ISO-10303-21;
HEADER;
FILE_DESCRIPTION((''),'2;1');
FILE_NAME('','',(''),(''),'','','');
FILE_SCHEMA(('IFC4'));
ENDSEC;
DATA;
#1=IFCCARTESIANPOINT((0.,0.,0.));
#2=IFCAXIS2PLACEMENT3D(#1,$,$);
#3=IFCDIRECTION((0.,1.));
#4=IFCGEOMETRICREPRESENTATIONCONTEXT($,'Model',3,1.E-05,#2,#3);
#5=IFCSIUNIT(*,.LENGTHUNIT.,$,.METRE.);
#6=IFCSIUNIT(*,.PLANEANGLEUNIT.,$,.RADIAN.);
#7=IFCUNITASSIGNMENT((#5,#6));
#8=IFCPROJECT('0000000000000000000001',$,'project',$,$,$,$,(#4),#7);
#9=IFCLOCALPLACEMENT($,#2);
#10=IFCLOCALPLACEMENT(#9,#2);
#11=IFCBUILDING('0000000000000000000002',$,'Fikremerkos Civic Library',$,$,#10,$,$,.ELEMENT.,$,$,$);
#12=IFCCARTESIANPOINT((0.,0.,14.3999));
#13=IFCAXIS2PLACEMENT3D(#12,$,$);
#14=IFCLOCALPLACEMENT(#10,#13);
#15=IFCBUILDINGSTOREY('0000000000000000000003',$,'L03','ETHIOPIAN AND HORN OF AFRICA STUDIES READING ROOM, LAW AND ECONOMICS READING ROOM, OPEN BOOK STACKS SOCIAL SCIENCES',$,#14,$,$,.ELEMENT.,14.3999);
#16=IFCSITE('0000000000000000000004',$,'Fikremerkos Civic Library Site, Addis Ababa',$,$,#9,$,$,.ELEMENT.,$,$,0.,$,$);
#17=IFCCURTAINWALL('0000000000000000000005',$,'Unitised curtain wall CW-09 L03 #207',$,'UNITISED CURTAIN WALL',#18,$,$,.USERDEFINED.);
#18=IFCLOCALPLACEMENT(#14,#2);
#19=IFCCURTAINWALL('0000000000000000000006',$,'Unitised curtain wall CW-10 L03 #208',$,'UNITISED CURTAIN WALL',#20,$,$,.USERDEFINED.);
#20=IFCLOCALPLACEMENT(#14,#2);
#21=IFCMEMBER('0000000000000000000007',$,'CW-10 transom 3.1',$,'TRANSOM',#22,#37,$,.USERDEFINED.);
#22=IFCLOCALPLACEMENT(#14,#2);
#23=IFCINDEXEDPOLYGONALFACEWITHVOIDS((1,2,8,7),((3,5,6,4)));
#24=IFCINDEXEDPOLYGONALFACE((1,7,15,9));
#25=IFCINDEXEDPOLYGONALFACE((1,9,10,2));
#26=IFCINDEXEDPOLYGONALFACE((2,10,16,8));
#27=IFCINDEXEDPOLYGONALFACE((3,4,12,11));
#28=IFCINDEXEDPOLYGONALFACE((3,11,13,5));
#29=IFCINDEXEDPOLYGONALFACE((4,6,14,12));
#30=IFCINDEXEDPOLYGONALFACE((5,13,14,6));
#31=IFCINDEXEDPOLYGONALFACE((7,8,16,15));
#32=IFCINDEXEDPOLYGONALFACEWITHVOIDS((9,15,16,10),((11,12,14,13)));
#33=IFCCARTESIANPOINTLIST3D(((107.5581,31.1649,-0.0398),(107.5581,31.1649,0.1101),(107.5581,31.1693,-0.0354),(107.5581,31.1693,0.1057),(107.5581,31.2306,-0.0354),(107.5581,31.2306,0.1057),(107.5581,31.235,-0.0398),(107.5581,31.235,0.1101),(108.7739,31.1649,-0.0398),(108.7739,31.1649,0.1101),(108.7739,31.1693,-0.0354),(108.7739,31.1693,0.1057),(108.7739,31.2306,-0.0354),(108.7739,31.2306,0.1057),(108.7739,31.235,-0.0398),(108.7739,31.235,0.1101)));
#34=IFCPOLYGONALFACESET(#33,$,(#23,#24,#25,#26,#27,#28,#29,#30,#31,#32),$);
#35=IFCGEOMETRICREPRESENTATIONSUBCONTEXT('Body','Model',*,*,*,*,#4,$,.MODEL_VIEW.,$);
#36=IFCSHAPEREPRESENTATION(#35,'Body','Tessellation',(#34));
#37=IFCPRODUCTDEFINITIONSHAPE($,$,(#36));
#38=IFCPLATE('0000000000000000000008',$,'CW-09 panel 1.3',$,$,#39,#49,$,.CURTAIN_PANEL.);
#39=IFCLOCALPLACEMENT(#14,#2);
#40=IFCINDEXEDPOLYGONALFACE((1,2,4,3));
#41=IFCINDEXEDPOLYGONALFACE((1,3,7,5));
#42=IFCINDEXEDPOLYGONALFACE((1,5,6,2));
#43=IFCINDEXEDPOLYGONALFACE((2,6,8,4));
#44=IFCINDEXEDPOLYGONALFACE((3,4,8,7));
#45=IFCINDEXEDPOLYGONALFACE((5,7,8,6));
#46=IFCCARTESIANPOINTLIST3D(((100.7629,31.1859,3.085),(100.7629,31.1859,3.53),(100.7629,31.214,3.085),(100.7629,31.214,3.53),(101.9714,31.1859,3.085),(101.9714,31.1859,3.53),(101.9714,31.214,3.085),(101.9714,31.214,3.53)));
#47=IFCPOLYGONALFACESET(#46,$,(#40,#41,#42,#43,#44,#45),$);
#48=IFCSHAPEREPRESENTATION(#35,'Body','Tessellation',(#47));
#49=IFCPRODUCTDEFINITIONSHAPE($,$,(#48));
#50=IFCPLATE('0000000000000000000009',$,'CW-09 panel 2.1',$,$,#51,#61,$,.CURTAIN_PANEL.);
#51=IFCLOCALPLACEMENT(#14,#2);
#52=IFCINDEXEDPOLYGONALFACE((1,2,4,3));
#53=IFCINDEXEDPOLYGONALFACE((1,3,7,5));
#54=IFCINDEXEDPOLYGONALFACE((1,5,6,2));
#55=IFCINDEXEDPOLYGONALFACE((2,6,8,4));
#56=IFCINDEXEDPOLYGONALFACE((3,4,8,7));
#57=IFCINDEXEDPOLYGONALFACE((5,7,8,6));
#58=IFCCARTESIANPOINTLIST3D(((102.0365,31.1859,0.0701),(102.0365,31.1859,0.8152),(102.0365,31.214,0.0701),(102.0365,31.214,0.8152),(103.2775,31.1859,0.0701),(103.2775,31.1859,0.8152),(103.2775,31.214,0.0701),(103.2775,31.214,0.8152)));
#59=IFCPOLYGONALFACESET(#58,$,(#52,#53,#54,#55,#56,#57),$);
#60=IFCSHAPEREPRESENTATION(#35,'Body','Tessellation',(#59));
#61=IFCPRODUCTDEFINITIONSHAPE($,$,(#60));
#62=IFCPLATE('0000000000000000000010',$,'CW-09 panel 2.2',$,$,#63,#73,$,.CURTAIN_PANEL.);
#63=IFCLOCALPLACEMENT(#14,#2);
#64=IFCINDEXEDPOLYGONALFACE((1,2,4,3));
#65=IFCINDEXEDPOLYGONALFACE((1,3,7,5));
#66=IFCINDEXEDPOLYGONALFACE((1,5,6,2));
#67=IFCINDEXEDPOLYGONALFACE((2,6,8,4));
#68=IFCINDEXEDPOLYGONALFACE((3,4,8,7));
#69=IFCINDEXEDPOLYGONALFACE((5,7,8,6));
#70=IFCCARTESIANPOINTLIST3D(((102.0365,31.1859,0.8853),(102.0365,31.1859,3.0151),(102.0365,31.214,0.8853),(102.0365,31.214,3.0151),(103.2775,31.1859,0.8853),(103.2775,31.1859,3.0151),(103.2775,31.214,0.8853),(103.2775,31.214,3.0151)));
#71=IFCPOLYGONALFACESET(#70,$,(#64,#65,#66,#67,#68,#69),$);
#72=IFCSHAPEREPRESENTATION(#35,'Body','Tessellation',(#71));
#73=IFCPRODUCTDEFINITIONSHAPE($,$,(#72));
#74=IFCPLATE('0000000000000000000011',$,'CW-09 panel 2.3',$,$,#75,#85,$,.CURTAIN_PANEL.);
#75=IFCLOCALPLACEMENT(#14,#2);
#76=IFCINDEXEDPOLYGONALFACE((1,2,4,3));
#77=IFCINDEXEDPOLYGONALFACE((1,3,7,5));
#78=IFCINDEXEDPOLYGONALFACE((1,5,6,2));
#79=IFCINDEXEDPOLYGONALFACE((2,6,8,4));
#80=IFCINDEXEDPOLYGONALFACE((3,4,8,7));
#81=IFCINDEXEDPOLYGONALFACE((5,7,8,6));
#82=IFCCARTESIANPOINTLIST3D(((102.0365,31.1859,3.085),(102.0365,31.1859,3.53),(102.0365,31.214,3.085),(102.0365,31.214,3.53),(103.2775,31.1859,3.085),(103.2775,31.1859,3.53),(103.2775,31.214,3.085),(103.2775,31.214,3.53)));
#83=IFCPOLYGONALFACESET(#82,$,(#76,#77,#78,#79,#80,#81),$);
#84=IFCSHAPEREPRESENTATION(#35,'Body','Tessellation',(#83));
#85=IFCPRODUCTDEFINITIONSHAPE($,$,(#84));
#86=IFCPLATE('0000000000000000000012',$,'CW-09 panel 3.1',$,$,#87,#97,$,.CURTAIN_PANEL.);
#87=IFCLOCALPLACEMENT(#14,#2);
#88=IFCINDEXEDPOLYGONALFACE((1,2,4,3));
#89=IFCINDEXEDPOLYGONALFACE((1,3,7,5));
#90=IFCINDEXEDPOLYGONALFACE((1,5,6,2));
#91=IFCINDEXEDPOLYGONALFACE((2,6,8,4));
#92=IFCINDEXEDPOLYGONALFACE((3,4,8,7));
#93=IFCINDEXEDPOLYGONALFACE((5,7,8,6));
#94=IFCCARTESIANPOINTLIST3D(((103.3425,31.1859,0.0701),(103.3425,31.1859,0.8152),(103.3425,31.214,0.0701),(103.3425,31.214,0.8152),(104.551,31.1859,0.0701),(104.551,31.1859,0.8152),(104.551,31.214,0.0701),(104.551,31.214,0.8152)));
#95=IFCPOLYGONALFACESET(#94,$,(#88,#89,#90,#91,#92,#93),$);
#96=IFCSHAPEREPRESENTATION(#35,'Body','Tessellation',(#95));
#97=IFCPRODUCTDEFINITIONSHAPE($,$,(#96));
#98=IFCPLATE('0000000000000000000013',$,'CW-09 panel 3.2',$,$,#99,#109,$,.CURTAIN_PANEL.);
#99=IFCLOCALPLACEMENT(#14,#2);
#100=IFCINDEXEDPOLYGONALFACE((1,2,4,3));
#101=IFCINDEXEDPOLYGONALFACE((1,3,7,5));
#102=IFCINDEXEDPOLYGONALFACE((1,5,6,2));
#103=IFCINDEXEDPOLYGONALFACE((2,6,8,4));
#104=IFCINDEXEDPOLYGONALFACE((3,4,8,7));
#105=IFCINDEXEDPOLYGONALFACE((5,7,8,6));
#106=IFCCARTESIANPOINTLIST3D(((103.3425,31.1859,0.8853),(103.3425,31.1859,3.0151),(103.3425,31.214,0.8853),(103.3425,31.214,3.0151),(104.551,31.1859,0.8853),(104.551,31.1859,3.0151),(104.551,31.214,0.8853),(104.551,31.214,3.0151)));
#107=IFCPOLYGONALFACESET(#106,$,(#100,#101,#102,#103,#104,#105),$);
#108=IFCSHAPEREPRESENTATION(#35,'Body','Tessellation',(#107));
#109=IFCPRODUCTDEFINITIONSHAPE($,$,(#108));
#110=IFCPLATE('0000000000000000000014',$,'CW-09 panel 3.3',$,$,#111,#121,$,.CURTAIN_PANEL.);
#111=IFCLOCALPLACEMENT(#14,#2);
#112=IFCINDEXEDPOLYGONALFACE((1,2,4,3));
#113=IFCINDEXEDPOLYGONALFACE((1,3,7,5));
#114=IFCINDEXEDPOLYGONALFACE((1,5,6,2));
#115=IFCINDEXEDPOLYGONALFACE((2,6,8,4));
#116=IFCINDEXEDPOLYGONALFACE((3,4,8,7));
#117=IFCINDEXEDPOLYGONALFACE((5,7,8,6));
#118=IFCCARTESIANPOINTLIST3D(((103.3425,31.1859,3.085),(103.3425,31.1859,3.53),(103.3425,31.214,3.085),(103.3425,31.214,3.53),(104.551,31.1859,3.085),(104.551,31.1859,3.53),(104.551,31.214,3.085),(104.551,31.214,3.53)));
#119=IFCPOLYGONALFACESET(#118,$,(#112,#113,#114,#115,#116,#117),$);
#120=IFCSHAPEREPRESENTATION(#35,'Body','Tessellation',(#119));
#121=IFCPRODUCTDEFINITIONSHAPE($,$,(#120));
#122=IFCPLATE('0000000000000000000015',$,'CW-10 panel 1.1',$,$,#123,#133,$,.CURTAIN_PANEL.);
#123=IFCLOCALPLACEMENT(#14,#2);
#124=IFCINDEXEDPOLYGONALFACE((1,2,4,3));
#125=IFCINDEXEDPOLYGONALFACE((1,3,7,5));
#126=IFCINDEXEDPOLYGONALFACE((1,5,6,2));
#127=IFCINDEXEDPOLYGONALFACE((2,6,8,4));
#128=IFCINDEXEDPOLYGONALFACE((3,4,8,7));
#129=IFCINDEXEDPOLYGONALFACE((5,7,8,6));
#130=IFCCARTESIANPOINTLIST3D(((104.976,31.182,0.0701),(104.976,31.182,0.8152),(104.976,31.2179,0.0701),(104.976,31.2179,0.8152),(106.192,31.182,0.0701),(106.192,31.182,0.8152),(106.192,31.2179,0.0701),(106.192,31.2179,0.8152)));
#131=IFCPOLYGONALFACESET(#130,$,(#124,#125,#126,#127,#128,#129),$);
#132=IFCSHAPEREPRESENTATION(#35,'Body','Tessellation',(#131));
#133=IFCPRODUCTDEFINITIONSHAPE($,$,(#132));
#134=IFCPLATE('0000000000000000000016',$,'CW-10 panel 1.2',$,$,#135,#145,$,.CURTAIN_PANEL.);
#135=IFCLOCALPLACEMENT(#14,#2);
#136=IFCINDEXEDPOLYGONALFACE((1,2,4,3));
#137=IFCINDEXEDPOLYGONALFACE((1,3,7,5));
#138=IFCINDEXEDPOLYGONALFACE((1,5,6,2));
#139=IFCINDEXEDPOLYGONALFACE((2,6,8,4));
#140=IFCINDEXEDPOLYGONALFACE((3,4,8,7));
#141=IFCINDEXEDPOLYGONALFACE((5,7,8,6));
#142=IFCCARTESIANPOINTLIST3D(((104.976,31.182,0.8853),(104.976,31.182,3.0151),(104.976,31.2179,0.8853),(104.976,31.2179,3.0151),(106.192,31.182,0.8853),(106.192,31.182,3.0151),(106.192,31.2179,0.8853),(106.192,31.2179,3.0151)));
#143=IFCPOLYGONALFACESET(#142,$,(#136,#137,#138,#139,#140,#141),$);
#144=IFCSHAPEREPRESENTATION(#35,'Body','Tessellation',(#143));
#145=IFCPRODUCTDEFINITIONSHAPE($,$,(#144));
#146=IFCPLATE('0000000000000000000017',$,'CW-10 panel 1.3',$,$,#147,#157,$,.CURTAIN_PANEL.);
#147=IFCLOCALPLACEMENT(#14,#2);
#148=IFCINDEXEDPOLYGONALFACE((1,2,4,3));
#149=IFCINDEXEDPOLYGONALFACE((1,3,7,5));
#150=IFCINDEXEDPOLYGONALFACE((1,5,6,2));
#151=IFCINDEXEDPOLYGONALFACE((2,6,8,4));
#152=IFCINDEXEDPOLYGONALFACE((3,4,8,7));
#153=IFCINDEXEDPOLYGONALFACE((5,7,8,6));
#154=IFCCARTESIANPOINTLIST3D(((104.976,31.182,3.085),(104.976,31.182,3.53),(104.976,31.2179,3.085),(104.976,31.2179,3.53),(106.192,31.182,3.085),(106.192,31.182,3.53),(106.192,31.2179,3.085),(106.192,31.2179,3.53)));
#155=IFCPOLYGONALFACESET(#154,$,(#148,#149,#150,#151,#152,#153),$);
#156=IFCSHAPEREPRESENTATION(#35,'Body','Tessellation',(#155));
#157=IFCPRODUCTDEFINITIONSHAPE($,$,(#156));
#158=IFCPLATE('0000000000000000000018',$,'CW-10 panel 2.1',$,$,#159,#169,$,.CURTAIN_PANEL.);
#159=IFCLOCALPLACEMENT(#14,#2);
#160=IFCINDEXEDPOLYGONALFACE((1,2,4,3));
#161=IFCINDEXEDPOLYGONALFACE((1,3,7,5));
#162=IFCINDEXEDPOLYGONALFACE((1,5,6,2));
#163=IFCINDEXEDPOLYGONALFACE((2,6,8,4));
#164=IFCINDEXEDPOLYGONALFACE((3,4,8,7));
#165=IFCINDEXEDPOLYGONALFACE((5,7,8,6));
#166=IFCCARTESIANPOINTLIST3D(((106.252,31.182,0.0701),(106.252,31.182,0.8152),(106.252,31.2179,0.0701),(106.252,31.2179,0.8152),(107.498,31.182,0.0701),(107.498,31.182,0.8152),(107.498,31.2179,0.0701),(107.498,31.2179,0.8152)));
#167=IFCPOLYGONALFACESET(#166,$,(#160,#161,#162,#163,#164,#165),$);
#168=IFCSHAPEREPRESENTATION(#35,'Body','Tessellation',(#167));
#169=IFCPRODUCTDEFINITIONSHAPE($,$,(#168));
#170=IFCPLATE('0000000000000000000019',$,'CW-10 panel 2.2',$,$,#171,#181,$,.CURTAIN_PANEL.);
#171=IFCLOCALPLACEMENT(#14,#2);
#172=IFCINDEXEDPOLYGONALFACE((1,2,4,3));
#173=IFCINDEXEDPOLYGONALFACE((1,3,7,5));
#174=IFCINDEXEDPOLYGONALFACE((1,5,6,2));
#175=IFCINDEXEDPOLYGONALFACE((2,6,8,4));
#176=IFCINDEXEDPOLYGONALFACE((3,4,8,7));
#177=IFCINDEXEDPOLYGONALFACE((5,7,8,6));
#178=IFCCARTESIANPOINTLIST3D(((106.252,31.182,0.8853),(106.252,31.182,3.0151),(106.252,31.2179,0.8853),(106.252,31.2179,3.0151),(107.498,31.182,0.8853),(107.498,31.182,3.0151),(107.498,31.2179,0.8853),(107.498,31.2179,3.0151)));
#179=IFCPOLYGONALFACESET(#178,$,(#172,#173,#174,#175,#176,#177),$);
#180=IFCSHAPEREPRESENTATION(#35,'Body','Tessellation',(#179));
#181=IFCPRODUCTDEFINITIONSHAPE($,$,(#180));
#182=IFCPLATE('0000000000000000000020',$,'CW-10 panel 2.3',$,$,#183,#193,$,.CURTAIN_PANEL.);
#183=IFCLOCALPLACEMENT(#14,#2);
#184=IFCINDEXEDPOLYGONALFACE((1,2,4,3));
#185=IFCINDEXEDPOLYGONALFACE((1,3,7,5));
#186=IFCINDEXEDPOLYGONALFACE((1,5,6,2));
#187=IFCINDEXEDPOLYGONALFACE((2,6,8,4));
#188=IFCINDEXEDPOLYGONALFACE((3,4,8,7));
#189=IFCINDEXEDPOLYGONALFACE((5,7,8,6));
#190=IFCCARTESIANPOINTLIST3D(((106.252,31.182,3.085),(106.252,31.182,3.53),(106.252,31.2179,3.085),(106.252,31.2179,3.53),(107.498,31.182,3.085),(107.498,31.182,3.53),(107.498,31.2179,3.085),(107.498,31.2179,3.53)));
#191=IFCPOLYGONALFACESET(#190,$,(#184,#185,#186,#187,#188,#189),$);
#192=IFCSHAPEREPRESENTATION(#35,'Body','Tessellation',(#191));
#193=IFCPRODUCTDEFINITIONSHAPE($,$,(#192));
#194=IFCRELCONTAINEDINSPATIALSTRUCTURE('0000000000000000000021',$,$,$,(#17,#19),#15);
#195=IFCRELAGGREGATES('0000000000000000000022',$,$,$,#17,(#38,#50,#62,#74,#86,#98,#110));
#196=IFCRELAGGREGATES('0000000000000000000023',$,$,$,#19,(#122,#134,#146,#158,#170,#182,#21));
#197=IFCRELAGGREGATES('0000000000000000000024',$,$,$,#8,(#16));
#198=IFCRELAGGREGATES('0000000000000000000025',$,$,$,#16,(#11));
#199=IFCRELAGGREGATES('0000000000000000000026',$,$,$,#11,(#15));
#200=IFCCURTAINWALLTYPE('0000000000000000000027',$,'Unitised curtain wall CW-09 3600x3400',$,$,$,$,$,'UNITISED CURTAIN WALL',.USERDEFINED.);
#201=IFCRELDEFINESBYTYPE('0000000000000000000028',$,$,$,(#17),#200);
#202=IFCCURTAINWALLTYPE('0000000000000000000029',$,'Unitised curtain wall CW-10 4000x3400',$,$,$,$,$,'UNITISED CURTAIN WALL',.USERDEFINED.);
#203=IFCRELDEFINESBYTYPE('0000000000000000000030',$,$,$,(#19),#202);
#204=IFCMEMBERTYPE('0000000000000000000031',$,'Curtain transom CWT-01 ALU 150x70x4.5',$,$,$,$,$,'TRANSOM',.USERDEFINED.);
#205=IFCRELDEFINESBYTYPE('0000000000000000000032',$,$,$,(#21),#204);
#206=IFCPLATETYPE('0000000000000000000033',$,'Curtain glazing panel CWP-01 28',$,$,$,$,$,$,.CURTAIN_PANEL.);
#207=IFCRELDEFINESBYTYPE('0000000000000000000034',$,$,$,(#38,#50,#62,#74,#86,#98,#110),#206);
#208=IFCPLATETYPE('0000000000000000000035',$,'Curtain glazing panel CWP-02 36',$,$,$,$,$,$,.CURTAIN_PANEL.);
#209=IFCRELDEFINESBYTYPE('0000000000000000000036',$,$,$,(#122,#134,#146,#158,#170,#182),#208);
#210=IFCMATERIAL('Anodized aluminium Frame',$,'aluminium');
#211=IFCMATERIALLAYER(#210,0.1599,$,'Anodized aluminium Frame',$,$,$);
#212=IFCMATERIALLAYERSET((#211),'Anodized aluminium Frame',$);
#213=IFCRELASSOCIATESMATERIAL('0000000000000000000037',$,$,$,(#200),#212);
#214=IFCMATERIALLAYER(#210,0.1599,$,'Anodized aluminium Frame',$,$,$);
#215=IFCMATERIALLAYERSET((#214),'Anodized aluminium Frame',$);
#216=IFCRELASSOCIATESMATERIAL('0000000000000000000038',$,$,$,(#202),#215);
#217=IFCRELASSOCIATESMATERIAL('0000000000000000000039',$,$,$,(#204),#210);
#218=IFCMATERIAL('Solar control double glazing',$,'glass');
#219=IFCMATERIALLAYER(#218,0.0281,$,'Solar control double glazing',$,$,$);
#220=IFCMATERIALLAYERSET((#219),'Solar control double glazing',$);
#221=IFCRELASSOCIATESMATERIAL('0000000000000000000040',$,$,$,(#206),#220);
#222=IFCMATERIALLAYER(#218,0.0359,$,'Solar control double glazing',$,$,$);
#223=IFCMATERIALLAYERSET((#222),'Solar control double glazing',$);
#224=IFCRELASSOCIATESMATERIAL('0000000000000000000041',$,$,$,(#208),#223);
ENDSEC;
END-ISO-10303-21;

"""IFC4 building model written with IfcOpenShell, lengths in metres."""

from ifc_helpers import new_model, si_unit, direction, frame, origin, origin_2d, place, context, subcontext, project, spatial, rectangle, hollow_rectangle, extrude, material, layer, layer_set, material_profile, profile_set, type_object, element, aggregate, save


model = new_model("IFC4")

# Units and contexts
model_context = context("Model", 3, precision=1e-05, world=origin(), true_north=direction((0.0, 1.0)))
body_context = subcontext(model_context, "Body", "Model", "MODEL_VIEW")
ifc_project = project(units=[si_unit("LENGTHUNIT", "METRE"), si_unit("PLANEANGLEUNIT", "RADIAN")], contexts=[model_context])

# Site, building, storey
site_placement = place(None, origin())
site = spatial("IfcSite", under=ifc_project, at=site_placement, Name="Fikremerkos Civic Library Site, Addis Ababa", CompositionType="ELEMENT", RefElevation=0.0)
building_placement = place(site_placement, origin())
building = spatial("IfcBuilding", under=site, at=building_placement, Name="Fikremerkos Civic Library", CompositionType="ELEMENT")
storey_placement = place(building_placement, frame((0.0, 0.0, 14.3999)))
storey = spatial("IfcBuildingStorey", under=building, at=storey_placement, Name="L03", Description="ETHIOPIAN AND HORN OF AFRICA STUDIES READING ROOM, LAW AND ECONOMICS READING ROOM, OPEN BOOK STACKS SOCIAL SCIENCES", CompositionType="ELEMENT", Elevation=14.3999)

# Curtain walls
ifc_material_1 = material(Name="Anodized aluminium Frame", Category="aluminium")
ifc_layer_1 = layer(ifc_material_1, 0.1599, Name="Anodized aluminium Frame")
ifc_layer_set_1 = layer_set([ifc_layer_1], Name="Anodized aluminium Frame")
curtain_wall_type_1 = type_object("IfcCurtainWallType", Name="Unitised curtain wall CW-09 3600x3400", ElementType="UNITISED CURTAIN WALL", PredefinedType="USERDEFINED", material=ifc_layer_set_1)
curtain_wall_1_placement = place(storey_placement, origin())
curtain_wall_1 = element("IfcCurtainWall", 1, at=curtain_wall_1_placement, inside=storey, type_object=curtain_wall_type_1, Name="Unitised curtain wall CW-09 L03 #207", ObjectType="UNITISED CURTAIN WALL", PredefinedType="USERDEFINED")
ifc_layer_2 = layer(ifc_material_1, 0.1599, Name="Anodized aluminium Frame")
ifc_layer_set_2 = layer_set([ifc_layer_2], Name="Anodized aluminium Frame")
curtain_wall_type_2 = type_object("IfcCurtainWallType", Name="Unitised curtain wall CW-10 4000x3400", ElementType="UNITISED CURTAIN WALL", PredefinedType="USERDEFINED", material=ifc_layer_set_2)
curtain_wall_2_placement = place(storey_placement, origin())
curtain_wall_2 = element("IfcCurtainWall", 2, at=curtain_wall_2_placement, inside=storey, type_object=curtain_wall_type_2, Name="Unitised curtain wall CW-10 L03 #208", ObjectType="UNITISED CURTAIN WALL", PredefinedType="USERDEFINED")

# Member
ifc_material_profile_1 = material_profile(ifc_material_1, hollow_rectangle(XDim=0.0701, YDim=0.1499, WallThickness=0.0044, at=origin_2d()), Name="ALU 150x70x4.5")
ifc_profile_set_1 = profile_set([ifc_material_profile_1], Name="Anodized aluminium Frame")
member_type_1 = type_object("IfcMemberType", Name="Curtain transom CWT-01 ALU 150x70x4.5", ElementType="TRANSOM", PredefinedType="USERDEFINED", material=ifc_profile_set_1)
member_1_placement = place(storey_placement, frame((107.5581, 31.2, 0.0352), z_axis=(1.0, 0.0, 0.0), x_axis=(0.0, 1.0, 0.0)))
member_1 = element("IfcMember", 3, at=member_1_placement, type_object=member_type_1, Name="CW-10 transom 3.1", ObjectType="TRANSOM", PredefinedType="USERDEFINED", context=body_context, shape_type="SweptSolid", body=[
    extrude(hollow_rectangle(XDim=0.0701, YDim=0.1499, WallThickness=0.0044, at=origin_2d()), origin(), (0.0, 0.0, 1.0), 1.2158),
])

# Plates
ifc_material_2 = material(Name="Solar control double glazing", Category="glass")
ifc_layer_3 = layer(ifc_material_2, 0.0281, Name="Solar control double glazing")
ifc_layer_set_3 = layer_set([ifc_layer_3], Name="Solar control double glazing")
plate_type_1 = type_object("IfcPlateType", Name="Curtain glazing panel CWP-01 28", PredefinedType="CURTAIN_PANEL", material=ifc_layer_set_3)
plate_1_placement = place(storey_placement, frame((101.3672, 31.2, 3.085), z_axis=(0.0, 0.0, 1.0), x_axis=(1.0, 0.0, 0.0)))
plate_1 = element("IfcPlate", 4, at=plate_1_placement, type_object=plate_type_1, Name="CW-09 panel 1.3", PredefinedType="CURTAIN_PANEL", context=body_context, shape_type="SweptSolid", body=[
    extrude(rectangle(XDim=1.2085, YDim=0.0281, at=origin_2d()), origin(), (0.0, 0.0, 1.0), 0.4451),
])
plate_2_placement = place(storey_placement, frame((102.657, 31.2, 0.0701), z_axis=(0.0, 0.0, 1.0), x_axis=(1.0, 0.0, 0.0)))
plate_2 = element("IfcPlate", 5, at=plate_2_placement, type_object=plate_type_1, Name="CW-09 panel 2.1", PredefinedType="CURTAIN_PANEL", context=body_context, shape_type="SweptSolid", body=[
    extrude(rectangle(XDim=1.241, YDim=0.0281, at=origin_2d()), origin(), (0.0, 0.0, 1.0), 0.7451),
])
plate_3_placement = place(storey_placement, frame((102.657, 31.2, 0.8853), z_axis=(0.0, 0.0, 1.0), x_axis=(1.0, 0.0, 0.0)))
plate_3 = element("IfcPlate", 6, at=plate_3_placement, type_object=plate_type_1, Name="CW-09 panel 2.2", PredefinedType="CURTAIN_PANEL", context=body_context, shape_type="SweptSolid", body=[
    extrude(rectangle(XDim=1.241, YDim=0.0281, at=origin_2d()), origin(), (0.0, 0.0, 1.0), 2.1299),
])
plate_4_placement = place(storey_placement, frame((102.657, 31.2, 3.085), z_axis=(0.0, 0.0, 1.0), x_axis=(1.0, 0.0, 0.0)))
plate_4 = element("IfcPlate", 7, at=plate_4_placement, type_object=plate_type_1, Name="CW-09 panel 2.3", PredefinedType="CURTAIN_PANEL", context=body_context, shape_type="SweptSolid", body=[
    extrude(rectangle(XDim=1.241, YDim=0.0281, at=origin_2d()), origin(), (0.0, 0.0, 1.0), 0.4451),
])
plate_5_placement = place(storey_placement, frame((103.9468, 31.2, 0.0701), z_axis=(0.0, 0.0, 1.0), x_axis=(1.0, 0.0, 0.0)))
plate_5 = element("IfcPlate", 8, at=plate_5_placement, type_object=plate_type_1, Name="CW-09 panel 3.1", PredefinedType="CURTAIN_PANEL", context=body_context, shape_type="SweptSolid", body=[
    extrude(rectangle(XDim=1.2085, YDim=0.0281, at=origin_2d()), origin(), (0.0, 0.0, 1.0), 0.7451),
])
plate_6_placement = place(storey_placement, frame((103.9468, 31.2, 0.8853), z_axis=(0.0, 0.0, 1.0), x_axis=(1.0, 0.0, 0.0)))
plate_6 = element("IfcPlate", 9, at=plate_6_placement, type_object=plate_type_1, Name="CW-09 panel 3.2", PredefinedType="CURTAIN_PANEL", context=body_context, shape_type="SweptSolid", body=[
    extrude(rectangle(XDim=1.2085, YDim=0.0281, at=origin_2d()), origin(), (0.0, 0.0, 1.0), 2.1299),
])
plate_7_placement = place(storey_placement, frame((103.9468, 31.2, 3.085), z_axis=(0.0, 0.0, 1.0), x_axis=(1.0, 0.0, 0.0)))
plate_7 = element("IfcPlate", 10, at=plate_7_placement, type_object=plate_type_1, Name="CW-09 panel 3.3", PredefinedType="CURTAIN_PANEL", context=body_context, shape_type="SweptSolid", body=[
    extrude(rectangle(XDim=1.2085, YDim=0.0281, at=origin_2d()), origin(), (0.0, 0.0, 1.0), 0.4451),
])
aggregate(curtain_wall_1, [plate_1, plate_2, plate_3, plate_4, plate_5, plate_6, plate_7])
ifc_layer_4 = layer(ifc_material_2, 0.0359, Name="Solar control double glazing")
ifc_layer_set_4 = layer_set([ifc_layer_4], Name="Solar control double glazing")
plate_type_2 = type_object("IfcPlateType", Name="Curtain glazing panel CWP-02 36", PredefinedType="CURTAIN_PANEL", material=ifc_layer_set_4)
plate_8_placement = place(storey_placement, frame((105.584, 31.2, 0.0701), z_axis=(0.0, 0.0, 1.0), x_axis=(1.0, 0.0, 0.0)))
plate_8 = element("IfcPlate", 11, at=plate_8_placement, type_object=plate_type_2, Name="CW-10 panel 1.1", PredefinedType="CURTAIN_PANEL", context=body_context, shape_type="SweptSolid", body=[
    extrude(rectangle(XDim=1.2161, YDim=0.0359, at=origin_2d()), origin(), (0.0, 0.0, 1.0), 0.7451),
])
plate_9_placement = place(storey_placement, frame((105.584, 31.2, 0.8853), z_axis=(0.0, 0.0, 1.0), x_axis=(1.0, 0.0, 0.0)))
plate_9 = element("IfcPlate", 12, at=plate_9_placement, type_object=plate_type_2, Name="CW-10 panel 1.2", PredefinedType="CURTAIN_PANEL", context=body_context, shape_type="SweptSolid", body=[
    extrude(rectangle(XDim=1.2161, YDim=0.0359, at=origin_2d()), origin(), (0.0, 0.0, 1.0), 2.1299),
])
plate_10_placement = place(storey_placement, frame((105.584, 31.2, 3.085), z_axis=(0.0, 0.0, 1.0), x_axis=(1.0, 0.0, 0.0)))
plate_10 = element("IfcPlate", 13, at=plate_10_placement, type_object=plate_type_2, Name="CW-10 panel 1.3", PredefinedType="CURTAIN_PANEL", context=body_context, shape_type="SweptSolid", body=[
    extrude(rectangle(XDim=1.2161, YDim=0.0359, at=origin_2d()), origin(), (0.0, 0.0, 1.0), 0.4451),
])
plate_11_placement = place(storey_placement, frame((106.875, 31.2, 0.0701), z_axis=(0.0, 0.0, 1.0), x_axis=(1.0, 0.0, 0.0)))
plate_11 = element("IfcPlate", 14, at=plate_11_placement, type_object=plate_type_2, Name="CW-10 panel 2.1", PredefinedType="CURTAIN_PANEL", context=body_context, shape_type="SweptSolid", body=[
    extrude(rectangle(XDim=1.2461, YDim=0.0359, at=origin_2d()), origin(), (0.0, 0.0, 1.0), 0.7451),
])
plate_12_placement = place(storey_placement, frame((106.875, 31.2, 0.8853), z_axis=(0.0, 0.0, 1.0), x_axis=(1.0, 0.0, 0.0)))
plate_12 = element("IfcPlate", 15, at=plate_12_placement, type_object=plate_type_2, Name="CW-10 panel 2.2", PredefinedType="CURTAIN_PANEL", context=body_context, shape_type="SweptSolid", body=[
    extrude(rectangle(XDim=1.2461, YDim=0.0359, at=origin_2d()), origin(), (0.0, 0.0, 1.0), 2.1299),
])
plate_13_placement = place(storey_placement, frame((106.875, 31.2, 3.085), z_axis=(0.0, 0.0, 1.0), x_axis=(1.0, 0.0, 0.0)))
plate_13 = element("IfcPlate", 16, at=plate_13_placement, type_object=plate_type_2, Name="CW-10 panel 2.3", PredefinedType="CURTAIN_PANEL", context=body_context, shape_type="SweptSolid", body=[
    extrude(rectangle(XDim=1.2461, YDim=0.0359, at=origin_2d()), origin(), (0.0, 0.0, 1.0), 0.4451),
])
aggregate(curtain_wall_2, [plate_8, plate_9, plate_10, plate_11, plate_12, plate_13, member_1])

save(model, "model.ifc")
